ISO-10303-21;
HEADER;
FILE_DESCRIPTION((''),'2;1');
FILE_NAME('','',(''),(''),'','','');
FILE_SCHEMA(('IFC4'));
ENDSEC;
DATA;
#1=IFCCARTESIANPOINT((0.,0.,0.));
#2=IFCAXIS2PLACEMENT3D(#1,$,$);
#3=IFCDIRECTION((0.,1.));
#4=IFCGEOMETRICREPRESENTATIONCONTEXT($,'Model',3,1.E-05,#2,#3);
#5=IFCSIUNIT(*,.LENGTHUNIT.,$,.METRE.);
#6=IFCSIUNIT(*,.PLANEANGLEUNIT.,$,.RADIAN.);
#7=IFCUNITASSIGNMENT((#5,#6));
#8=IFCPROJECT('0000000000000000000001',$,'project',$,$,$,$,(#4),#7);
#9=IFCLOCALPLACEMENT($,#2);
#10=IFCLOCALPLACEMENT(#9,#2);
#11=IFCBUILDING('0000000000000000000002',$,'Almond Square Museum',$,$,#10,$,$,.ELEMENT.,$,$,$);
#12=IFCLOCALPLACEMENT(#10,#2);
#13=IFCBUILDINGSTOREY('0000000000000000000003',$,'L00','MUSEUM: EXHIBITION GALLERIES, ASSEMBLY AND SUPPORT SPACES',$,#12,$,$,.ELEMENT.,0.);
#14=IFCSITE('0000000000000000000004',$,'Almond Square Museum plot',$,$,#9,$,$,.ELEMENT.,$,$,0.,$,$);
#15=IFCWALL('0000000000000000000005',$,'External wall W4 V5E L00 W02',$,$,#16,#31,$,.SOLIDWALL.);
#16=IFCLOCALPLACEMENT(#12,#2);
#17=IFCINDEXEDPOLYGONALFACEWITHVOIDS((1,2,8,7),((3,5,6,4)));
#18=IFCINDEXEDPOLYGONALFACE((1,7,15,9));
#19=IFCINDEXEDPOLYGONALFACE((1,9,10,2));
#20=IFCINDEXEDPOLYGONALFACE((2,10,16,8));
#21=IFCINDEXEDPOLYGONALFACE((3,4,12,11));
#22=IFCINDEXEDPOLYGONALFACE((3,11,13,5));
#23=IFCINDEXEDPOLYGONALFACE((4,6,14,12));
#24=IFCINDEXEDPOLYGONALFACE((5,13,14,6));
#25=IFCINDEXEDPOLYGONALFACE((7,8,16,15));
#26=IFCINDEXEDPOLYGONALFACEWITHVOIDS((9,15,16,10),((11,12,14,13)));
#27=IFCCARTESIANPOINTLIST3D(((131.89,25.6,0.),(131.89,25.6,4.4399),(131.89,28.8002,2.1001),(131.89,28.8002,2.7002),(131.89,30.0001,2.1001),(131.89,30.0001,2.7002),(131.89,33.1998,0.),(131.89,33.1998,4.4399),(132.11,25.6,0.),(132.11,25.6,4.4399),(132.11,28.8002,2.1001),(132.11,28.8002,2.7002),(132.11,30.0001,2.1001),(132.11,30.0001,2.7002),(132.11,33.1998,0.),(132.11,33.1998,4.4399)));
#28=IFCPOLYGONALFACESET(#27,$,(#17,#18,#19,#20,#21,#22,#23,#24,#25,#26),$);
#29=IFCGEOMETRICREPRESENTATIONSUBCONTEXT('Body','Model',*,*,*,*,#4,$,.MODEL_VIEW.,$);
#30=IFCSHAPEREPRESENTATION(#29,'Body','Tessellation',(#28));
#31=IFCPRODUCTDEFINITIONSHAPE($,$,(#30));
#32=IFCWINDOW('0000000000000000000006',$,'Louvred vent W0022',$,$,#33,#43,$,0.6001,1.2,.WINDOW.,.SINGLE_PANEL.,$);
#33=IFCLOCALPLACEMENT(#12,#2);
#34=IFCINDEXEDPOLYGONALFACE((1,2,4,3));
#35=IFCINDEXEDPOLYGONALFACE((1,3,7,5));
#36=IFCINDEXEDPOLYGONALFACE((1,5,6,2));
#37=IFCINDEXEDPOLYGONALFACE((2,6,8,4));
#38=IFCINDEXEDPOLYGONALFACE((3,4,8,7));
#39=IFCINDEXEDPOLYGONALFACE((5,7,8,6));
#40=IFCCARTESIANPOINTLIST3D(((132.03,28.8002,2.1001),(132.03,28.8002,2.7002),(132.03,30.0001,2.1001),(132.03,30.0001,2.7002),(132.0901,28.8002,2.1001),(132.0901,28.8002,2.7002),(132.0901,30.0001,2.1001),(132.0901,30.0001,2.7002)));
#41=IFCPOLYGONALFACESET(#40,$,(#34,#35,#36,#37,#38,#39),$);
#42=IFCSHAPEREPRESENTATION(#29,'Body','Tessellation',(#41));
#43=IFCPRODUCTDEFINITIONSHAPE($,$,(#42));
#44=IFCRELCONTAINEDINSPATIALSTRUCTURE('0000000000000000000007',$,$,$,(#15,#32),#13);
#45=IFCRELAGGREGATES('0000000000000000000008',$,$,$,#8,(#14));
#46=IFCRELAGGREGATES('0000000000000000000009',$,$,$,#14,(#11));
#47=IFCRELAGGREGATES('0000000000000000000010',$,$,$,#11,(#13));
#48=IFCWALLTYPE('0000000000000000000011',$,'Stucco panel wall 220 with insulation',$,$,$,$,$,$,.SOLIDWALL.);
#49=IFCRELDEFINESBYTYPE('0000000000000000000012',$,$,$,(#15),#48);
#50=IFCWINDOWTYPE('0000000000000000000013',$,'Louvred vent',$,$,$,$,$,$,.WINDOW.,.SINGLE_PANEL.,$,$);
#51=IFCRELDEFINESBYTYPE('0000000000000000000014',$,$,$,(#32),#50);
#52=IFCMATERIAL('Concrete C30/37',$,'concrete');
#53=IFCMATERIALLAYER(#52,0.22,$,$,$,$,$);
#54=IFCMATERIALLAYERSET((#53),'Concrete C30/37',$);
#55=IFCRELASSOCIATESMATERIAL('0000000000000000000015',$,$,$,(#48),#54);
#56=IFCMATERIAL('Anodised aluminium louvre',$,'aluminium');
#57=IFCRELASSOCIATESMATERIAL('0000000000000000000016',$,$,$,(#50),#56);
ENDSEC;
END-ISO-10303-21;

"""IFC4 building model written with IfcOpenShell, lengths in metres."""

from ifc_helpers import new_model, si_unit, direction, frame, frame_2d, origin, place, context, subcontext, project, spatial, rectangle, extrude, material, layer, layer_set, type_object, element, fill, save


model = new_model("IFC4")

# Units and contexts
model_context = context("Model", 3, precision=1e-05, world=origin(), true_north=direction((0.0, 1.0)))
body_context = subcontext(model_context, "Body", "Model", "MODEL_VIEW")
ifc_project = project(units=[si_unit("LENGTHUNIT", "METRE"), si_unit("PLANEANGLEUNIT", "RADIAN")], contexts=[model_context])

# Site, building, storey
site_placement = place(None, origin())
site = spatial("IfcSite", under=ifc_project, at=site_placement, Name="Almond Square Museum plot", CompositionType="ELEMENT", RefElevation=0.0)
building_placement = place(site_placement, origin())
building = spatial("IfcBuilding", under=site, at=building_placement, Name="Almond Square Museum", CompositionType="ELEMENT")
storey_placement = place(building_placement, origin())
storey = spatial("IfcBuildingStorey", under=building, at=storey_placement, Name="L00", Description="MUSEUM: EXHIBITION GALLERIES, ASSEMBLY AND SUPPORT SPACES", CompositionType="ELEMENT", Elevation=0.0)

# Wall, opening, window
ifc_material_1 = material(Name="Concrete C30/37", Category="concrete")
ifc_layer_1 = layer(ifc_material_1, 0.22)
ifc_layer_set_1 = layer_set([ifc_layer_1], Name="Concrete C30/37")
wall_type_1 = type_object("IfcWallType", Name="Stucco panel wall 220 with insulation", PredefinedType="SOLIDWALL", material=ifc_layer_set_1)
wall_1_placement = place(storey_placement, frame((132.0, 25.6001, 0.0), z_axis=(0.0, 0.0, 1.0), x_axis=(0.0, 1.0, 0.0)))
wall_1 = element("IfcWall", 1, at=wall_1_placement, inside=storey, type_object=wall_type_1, Name="External wall W4 V5E L00 W02", PredefinedType="SOLIDWALL", context=body_context, shape_type="SweptSolid", body=[
    extrude(rectangle(XDim=7.5999, YDim=0.22, at=frame_2d((3.7998, 0.0))), origin(), (0.0, 0.0, 1.0), 4.4399),
])
opening_placement = place(wall_1_placement, frame((3.2, 0.0, 2.1001)))
opening = element("IfcOpeningElement", 2, at=opening_placement, cuts=wall_1, PredefinedType="OPENING", context=body_context, shape_type="SweptSolid", body=[
    extrude(rectangle(XDim=1.2, YDim=0.6001, at=frame_2d((0.6001, 0.3))), frame((0.0, 0.1199, 0.0), z_axis=(0.0, -1.0, 0.0), x_axis=(1.0, 0.0, 0.0)), (0.0, 0.0, 1.0), 0.24),
])
ifc_material_2 = material(Name="Anodised aluminium louvre", Category="aluminium")
window_type = type_object("IfcWindowType", Name="Louvred vent", PartitioningType="SINGLE_PANEL", PredefinedType="WINDOW", material=ifc_material_2)
window_placement = place(opening_placement, origin())
window = element("IfcWindow", 3, at=window_placement, inside=storey, type_object=window_type, Name="Louvred vent W0022", OverallHeight=0.6001, OverallWidth=1.2, PartitioningType="SINGLE_PANEL", PredefinedType="WINDOW", context=body_context, shape_type="SweptSolid", body=[
    extrude(rectangle(XDim=1.2, YDim=0.6001, at=frame_2d((0.6001, 0.3))), frame((0.0, -0.03, 0.0), z_axis=(0.0, -1.0, 0.0), x_axis=(1.0, 0.0, 0.0)), (0.0, 0.0, 1.0), 0.0601),
])
fill(opening, window)

save(model, "model.ifc")
